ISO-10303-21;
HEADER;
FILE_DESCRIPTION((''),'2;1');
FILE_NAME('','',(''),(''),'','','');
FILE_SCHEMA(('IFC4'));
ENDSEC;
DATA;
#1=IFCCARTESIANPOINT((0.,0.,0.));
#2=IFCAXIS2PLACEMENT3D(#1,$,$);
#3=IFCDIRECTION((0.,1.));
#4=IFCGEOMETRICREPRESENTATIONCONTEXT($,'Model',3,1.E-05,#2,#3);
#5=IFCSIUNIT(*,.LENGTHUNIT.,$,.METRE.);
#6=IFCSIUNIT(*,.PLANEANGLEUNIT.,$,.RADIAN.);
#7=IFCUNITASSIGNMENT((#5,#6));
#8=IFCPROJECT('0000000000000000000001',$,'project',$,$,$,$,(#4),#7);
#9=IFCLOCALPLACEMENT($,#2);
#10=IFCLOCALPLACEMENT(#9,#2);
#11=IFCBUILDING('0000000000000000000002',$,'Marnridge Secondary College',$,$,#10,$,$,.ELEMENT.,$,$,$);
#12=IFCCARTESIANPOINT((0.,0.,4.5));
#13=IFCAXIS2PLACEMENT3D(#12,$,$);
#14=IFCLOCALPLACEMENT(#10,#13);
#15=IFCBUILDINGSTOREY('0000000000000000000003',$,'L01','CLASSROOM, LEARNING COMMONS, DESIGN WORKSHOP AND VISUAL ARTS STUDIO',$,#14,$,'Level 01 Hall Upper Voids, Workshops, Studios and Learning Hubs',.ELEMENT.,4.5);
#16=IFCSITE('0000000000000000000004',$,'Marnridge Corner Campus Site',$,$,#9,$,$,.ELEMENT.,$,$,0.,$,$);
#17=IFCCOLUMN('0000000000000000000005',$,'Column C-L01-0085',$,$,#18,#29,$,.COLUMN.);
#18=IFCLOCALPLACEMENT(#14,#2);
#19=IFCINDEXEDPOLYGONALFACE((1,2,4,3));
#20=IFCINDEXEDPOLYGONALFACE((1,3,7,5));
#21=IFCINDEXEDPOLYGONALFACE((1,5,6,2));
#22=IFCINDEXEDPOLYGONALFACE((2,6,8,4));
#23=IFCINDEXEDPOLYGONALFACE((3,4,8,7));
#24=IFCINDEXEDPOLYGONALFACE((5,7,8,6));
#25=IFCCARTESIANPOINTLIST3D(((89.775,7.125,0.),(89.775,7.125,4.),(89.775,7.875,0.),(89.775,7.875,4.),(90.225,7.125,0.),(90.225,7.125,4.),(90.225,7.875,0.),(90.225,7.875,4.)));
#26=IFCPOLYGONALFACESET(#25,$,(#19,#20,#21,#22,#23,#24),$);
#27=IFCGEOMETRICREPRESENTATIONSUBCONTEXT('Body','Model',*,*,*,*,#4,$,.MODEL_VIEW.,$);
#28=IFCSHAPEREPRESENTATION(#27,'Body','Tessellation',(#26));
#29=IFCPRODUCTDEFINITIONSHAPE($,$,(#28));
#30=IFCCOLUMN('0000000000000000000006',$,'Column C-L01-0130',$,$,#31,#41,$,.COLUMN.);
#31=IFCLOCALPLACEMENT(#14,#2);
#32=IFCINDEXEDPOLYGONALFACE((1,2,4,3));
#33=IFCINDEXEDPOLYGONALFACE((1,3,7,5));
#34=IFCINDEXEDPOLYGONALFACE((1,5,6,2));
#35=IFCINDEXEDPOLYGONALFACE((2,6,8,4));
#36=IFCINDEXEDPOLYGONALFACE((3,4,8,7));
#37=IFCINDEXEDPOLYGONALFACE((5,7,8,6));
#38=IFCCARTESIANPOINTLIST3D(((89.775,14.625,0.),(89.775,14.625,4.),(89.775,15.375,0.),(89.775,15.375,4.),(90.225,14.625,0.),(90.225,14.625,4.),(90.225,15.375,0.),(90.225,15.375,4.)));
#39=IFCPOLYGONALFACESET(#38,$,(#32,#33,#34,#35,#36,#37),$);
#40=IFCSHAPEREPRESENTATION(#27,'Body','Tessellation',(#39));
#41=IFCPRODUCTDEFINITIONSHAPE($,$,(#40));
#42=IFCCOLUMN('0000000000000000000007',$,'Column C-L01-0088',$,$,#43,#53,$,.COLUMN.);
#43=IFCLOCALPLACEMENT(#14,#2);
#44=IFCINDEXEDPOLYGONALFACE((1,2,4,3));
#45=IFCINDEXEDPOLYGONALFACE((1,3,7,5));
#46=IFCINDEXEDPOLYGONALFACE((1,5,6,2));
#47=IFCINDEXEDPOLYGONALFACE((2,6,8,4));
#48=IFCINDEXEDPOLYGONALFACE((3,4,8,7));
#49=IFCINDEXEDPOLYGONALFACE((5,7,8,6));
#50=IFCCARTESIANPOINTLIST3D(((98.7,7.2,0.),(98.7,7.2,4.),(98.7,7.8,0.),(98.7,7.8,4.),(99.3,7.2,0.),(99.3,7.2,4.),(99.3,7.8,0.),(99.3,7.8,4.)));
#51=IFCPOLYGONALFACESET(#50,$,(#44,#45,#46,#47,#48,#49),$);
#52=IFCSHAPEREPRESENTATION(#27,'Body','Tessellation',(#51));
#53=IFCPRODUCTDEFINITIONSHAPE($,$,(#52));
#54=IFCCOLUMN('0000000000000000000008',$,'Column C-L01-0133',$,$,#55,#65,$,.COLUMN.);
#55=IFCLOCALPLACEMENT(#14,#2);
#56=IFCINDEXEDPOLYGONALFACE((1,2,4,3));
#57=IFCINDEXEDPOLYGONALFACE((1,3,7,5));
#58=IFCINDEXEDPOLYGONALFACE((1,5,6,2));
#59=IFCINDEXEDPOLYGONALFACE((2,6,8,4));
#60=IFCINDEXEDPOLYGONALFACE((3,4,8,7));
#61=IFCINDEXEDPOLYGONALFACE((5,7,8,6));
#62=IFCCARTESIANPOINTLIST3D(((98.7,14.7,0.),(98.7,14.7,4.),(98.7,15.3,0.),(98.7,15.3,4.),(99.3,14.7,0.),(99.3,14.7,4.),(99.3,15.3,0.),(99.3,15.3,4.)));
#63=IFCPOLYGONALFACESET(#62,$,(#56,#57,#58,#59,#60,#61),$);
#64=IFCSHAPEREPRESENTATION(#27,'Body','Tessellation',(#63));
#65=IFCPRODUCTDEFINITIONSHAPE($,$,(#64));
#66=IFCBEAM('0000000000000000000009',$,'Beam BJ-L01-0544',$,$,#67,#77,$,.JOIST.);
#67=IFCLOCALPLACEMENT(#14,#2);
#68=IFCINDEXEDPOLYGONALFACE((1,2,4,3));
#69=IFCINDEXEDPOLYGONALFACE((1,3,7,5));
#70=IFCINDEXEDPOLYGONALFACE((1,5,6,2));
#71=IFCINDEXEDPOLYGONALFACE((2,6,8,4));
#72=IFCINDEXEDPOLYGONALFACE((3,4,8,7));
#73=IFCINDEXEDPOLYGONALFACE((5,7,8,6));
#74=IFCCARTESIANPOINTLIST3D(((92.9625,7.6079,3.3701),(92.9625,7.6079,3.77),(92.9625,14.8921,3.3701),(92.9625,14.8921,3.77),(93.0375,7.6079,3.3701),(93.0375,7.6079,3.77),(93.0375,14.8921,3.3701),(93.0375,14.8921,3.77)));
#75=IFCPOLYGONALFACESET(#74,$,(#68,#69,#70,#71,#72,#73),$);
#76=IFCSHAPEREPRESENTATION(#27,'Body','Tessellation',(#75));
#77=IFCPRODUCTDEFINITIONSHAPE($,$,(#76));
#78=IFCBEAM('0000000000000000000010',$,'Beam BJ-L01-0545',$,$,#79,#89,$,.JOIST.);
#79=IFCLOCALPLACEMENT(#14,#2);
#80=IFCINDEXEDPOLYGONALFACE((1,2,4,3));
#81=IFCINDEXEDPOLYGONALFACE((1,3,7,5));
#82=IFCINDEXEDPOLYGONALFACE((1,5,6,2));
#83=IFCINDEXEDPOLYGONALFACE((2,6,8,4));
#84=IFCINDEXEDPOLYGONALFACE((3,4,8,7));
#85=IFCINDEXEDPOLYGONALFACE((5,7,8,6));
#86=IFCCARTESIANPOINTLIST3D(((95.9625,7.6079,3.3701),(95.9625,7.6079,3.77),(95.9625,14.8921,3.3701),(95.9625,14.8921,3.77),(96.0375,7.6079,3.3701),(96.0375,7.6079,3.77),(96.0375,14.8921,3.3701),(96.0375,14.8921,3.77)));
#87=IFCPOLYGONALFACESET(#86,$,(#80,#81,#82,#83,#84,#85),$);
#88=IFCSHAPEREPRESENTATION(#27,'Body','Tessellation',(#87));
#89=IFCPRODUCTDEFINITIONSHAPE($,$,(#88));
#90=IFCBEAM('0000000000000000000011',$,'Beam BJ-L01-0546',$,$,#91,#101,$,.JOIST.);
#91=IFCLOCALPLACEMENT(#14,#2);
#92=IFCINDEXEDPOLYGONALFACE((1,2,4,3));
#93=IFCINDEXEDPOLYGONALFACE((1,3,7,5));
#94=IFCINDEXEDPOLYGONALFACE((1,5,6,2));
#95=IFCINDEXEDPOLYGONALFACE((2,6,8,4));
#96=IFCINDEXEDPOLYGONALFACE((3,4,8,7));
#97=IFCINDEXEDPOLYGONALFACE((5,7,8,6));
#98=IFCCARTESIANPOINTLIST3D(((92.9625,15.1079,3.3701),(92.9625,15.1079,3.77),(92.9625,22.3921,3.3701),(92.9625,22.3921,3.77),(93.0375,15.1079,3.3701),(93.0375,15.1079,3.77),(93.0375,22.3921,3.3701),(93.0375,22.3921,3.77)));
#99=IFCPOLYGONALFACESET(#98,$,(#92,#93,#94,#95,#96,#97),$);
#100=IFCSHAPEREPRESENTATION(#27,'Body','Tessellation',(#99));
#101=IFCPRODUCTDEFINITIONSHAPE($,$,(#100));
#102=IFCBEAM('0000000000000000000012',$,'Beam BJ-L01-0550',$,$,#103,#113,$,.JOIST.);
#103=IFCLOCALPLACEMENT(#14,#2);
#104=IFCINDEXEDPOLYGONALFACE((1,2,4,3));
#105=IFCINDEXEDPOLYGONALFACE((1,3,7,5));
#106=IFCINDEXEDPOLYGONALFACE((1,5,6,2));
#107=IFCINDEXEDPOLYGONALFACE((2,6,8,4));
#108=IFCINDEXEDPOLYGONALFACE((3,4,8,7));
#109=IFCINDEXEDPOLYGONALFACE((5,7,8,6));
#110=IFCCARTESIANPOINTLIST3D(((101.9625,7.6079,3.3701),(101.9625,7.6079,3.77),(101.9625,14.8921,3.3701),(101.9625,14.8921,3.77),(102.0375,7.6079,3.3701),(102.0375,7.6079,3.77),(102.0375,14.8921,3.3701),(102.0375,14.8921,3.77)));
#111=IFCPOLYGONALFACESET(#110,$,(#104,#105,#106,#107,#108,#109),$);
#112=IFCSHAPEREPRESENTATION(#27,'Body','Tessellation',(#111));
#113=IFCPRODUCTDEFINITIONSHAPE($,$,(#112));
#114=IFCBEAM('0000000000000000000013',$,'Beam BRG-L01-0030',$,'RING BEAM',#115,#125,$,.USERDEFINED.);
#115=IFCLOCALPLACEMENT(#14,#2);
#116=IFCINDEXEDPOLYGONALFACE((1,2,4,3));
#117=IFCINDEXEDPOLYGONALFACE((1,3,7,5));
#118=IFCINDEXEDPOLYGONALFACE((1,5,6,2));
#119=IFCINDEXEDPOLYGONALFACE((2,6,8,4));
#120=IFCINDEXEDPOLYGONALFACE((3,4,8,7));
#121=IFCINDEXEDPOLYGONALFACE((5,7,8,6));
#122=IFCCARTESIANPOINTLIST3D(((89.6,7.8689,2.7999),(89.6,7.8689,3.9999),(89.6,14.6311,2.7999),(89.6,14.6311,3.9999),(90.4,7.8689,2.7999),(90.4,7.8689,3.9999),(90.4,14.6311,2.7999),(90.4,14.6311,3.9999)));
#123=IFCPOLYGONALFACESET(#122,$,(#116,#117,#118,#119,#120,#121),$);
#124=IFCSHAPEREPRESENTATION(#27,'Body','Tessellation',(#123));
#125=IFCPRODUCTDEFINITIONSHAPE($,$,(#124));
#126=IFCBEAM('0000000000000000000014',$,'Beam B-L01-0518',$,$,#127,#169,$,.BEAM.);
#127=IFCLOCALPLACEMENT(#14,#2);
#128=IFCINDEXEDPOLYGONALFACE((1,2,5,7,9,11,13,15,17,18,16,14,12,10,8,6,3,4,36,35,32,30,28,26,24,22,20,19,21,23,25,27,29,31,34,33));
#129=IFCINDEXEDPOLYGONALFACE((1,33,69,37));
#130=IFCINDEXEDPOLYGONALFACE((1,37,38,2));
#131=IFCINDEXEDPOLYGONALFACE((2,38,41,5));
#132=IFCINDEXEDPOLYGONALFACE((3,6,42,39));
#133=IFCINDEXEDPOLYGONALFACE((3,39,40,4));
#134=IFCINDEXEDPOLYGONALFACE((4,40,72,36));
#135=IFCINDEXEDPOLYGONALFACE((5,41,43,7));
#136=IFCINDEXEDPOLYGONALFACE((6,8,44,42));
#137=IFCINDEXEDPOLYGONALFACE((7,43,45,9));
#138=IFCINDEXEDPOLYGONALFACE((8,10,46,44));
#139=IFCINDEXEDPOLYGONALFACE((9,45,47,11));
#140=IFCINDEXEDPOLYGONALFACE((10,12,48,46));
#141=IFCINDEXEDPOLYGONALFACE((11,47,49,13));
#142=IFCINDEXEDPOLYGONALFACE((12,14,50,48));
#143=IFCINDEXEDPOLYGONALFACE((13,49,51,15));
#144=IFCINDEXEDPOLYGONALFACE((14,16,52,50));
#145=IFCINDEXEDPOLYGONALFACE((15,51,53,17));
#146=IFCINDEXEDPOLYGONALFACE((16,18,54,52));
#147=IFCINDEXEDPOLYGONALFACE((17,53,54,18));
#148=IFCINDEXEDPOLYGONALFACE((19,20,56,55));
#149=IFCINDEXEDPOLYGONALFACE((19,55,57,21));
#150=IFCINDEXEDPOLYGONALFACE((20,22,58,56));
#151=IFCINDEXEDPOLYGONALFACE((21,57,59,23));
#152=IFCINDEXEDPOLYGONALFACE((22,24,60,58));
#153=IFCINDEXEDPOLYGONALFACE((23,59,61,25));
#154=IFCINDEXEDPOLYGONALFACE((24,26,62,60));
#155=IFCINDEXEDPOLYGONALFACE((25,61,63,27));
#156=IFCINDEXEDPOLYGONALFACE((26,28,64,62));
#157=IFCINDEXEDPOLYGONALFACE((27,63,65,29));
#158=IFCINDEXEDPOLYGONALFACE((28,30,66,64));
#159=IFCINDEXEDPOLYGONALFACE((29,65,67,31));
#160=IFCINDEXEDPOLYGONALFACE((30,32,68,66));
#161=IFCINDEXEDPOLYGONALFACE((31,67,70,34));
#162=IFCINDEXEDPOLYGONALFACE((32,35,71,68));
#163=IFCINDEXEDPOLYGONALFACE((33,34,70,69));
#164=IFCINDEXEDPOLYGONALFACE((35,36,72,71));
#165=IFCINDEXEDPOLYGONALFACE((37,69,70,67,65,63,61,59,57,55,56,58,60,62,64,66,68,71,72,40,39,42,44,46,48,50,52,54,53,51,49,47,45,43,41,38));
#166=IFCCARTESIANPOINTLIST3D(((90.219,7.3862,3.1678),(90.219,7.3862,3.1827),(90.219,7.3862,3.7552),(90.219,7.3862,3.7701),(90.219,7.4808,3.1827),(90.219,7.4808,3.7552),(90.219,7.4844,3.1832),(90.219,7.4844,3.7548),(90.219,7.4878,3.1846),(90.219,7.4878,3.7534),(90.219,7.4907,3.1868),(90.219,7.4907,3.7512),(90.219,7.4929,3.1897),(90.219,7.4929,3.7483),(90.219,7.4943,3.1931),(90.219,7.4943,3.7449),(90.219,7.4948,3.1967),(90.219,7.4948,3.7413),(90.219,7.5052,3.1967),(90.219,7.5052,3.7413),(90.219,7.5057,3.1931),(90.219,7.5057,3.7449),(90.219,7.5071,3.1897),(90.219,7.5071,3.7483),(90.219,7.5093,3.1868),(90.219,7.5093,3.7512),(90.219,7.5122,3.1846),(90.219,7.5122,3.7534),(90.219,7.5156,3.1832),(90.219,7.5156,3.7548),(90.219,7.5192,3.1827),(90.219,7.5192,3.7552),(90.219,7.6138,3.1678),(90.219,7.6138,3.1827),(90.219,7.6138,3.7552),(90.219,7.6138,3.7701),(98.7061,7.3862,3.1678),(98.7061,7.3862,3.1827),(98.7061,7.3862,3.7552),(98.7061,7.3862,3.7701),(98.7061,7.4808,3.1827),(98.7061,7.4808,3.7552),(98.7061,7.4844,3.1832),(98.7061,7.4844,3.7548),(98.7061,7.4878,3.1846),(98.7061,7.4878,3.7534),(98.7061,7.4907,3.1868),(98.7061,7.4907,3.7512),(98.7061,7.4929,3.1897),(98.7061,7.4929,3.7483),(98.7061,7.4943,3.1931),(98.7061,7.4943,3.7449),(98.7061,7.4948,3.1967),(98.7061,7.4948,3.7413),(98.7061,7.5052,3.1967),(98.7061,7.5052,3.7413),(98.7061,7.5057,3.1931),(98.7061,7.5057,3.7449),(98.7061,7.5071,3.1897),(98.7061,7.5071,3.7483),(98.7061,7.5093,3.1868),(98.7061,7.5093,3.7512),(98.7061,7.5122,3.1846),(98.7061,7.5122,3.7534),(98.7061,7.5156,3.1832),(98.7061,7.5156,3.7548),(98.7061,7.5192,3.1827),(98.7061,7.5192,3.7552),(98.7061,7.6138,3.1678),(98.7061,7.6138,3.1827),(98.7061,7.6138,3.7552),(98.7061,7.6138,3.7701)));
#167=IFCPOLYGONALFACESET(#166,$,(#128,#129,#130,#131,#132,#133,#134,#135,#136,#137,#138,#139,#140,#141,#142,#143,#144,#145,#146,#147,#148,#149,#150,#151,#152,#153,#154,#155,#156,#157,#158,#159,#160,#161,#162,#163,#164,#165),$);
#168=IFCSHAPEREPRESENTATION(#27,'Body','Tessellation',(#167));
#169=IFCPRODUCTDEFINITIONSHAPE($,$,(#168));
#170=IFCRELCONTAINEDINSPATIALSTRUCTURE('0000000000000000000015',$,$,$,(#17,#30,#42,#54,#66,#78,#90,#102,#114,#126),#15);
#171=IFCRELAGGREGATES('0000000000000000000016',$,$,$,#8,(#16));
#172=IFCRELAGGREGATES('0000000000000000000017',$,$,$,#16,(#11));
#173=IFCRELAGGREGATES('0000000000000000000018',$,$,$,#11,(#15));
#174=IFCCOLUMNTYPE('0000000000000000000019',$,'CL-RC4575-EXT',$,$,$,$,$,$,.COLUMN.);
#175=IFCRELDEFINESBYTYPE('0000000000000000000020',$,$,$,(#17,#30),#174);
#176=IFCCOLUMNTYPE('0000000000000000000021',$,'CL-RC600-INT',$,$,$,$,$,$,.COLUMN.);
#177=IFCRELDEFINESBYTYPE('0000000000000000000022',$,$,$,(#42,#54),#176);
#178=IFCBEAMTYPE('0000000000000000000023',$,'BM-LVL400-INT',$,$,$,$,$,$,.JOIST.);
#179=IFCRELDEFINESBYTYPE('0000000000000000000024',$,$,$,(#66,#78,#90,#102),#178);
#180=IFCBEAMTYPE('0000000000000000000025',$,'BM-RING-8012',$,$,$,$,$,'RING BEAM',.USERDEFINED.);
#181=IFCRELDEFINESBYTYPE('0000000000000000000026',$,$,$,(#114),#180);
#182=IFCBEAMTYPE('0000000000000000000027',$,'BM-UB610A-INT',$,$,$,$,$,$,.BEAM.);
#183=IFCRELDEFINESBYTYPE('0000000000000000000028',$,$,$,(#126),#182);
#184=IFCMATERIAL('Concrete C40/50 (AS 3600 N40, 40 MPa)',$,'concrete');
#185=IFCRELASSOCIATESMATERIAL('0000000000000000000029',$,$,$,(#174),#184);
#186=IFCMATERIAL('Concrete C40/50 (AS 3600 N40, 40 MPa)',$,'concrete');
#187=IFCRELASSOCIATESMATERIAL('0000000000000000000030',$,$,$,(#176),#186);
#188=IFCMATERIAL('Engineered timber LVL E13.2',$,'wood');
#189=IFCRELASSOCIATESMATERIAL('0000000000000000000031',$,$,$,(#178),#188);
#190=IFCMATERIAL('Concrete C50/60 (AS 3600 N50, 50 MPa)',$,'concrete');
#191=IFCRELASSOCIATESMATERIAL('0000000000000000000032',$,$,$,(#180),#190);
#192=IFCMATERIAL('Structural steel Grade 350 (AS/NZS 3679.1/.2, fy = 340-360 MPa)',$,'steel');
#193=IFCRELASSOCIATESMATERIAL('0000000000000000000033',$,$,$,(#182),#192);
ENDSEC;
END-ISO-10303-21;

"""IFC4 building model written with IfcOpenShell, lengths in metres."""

from ifc_helpers import new_model, si_unit, direction, frame, origin, origin_2d, place, context, subcontext, project, spatial, rectangle, i_section, extrude, material, material_profile, profile_set, type_object, element, save


model = new_model("IFC4")

# Units and contexts
model_context = context("Model", 3, precision=1e-05, world=origin(), true_north=direction((0.0, 1.0)))
body_context = subcontext(model_context, "Body", "Model", "MODEL_VIEW")
ifc_project = project(units=[si_unit("LENGTHUNIT", "METRE"), si_unit("PLANEANGLEUNIT", "RADIAN")], contexts=[model_context])

# Site, building, storey
site_placement = place(None, origin())
site = spatial("IfcSite", under=ifc_project, at=site_placement, Name="Marnridge Corner Campus Site", CompositionType="ELEMENT", RefElevation=0.0)
building_placement = place(site_placement, origin())
building = spatial("IfcBuilding", under=site, at=building_placement, Name="Marnridge Secondary College", CompositionType="ELEMENT")
storey_placement = place(building_placement, frame((0.0, 0.0, 4.5)))
storey = spatial("IfcBuildingStorey", under=building, at=storey_placement, Name="L01", Description="CLASSROOM, LEARNING COMMONS, DESIGN WORKSHOP AND VISUAL ARTS STUDIO", LongName="Level 01 Hall Upper Voids, Workshops, Studios and Learning Hubs", CompositionType="ELEMENT", Elevation=4.5)

# Columns
ifc_material_1 = material(Name="Concrete C40/50 (AS 3600 N40, 40 MPa)", Category="concrete")
ifc_material_profile_1 = material_profile(ifc_material_1, rectangle(XDim=0.45, YDim=0.75, at=origin_2d()), Name="RC 450x750")
ifc_profile_set_1 = profile_set([ifc_material_profile_1], Name="Concrete C40/50 (AS 3600 N40, 40 MPa)")
column_type_1 = type_object("IfcColumnType", Name="CL-RC4575-EXT", PredefinedType="COLUMN", material=ifc_profile_set_1)
for number, where, z_axis, x_axis, name in (
    (1, (90.0, 7.5, 0.0), (0.0, 0.0, 1.0), (1.0, 0.0, 0.0), "Column C-L01-0085"),
    (2, (90.0, 15.0, 0.0), (0.0, 0.0, 1.0), (1.0, 0.0, 0.0), "Column C-L01-0130"),
):
    element("IfcColumn", number, at=place(storey_placement, frame(where, z_axis=z_axis, x_axis=x_axis)), inside=storey, type_object=column_type_1, Name=name, PredefinedType="COLUMN", context=body_context, shape_type="SweptSolid", body=[
        extrude(rectangle(XDim=0.45, YDim=0.75, at=origin_2d()), origin(), (0.0, 0.0, 1.0), 4.0),
    ])
ifc_material_2 = material(Name="Concrete C40/50 (AS 3600 N40, 40 MPa)", Category="concrete")
ifc_material_profile_2 = material_profile(ifc_material_2, rectangle(XDim=0.6001, YDim=0.6001, at=origin_2d()), Name="RC 600x600")
ifc_profile_set_2 = profile_set([ifc_material_profile_2], Name="Concrete C40/50 (AS 3600 N40, 40 MPa)")
column_type_2 = type_object("IfcColumnType", Name="CL-RC600-INT", PredefinedType="COLUMN", material=ifc_profile_set_2)
for number, where, z_axis, x_axis, name in (
    (3, (99.0, 7.5, 0.0), (0.0, 0.0, 1.0), (1.0, 0.0, 0.0), "Column C-L01-0088"),
    (4, (99.0, 15.0, 0.0), (0.0, 0.0, 1.0), (1.0, 0.0, 0.0), "Column C-L01-0133"),
):
    element("IfcColumn", number, at=place(storey_placement, frame(where, z_axis=z_axis, x_axis=x_axis)), inside=storey, type_object=column_type_2, Name=name, PredefinedType="COLUMN", context=body_context, shape_type="SweptSolid", body=[
        extrude(rectangle(XDim=0.6001, YDim=0.6001, at=origin_2d()), origin(), (0.0, 0.0, 1.0), 4.0),
    ])

# Beams
ifc_material_3 = material(Name="Engineered timber LVL E13.2", Category="wood")
ifc_material_profile_3 = material_profile(ifc_material_3, rectangle(XDim=0.075, YDim=0.3999, at=origin_2d()), Name="LVL 75x400")
ifc_profile_set_3 = profile_set([ifc_material_profile_3], Name="Engineered timber LVL E13.2")
beam_type_1 = type_object("IfcBeamType", Name="BM-LVL400-INT", PredefinedType="JOIST", material=ifc_profile_set_3)
for number, where, z_axis, x_axis, name in (
    (5, (93.0, 7.6079, 3.5701), (0.0, 1.0, 0.0), (-1.0, 0.0, 0.0), "Beam BJ-L01-0544"),
    (6, (96.0, 7.6079, 3.5701), (0.0, 1.0, 0.0), (-1.0, 0.0, 0.0), "Beam BJ-L01-0545"),
    (7, (93.0, 15.1079, 3.5701), (0.0, 1.0, 0.0), (-1.0, 0.0, 0.0), "Beam BJ-L01-0546"),
    (8, (102.0, 7.6079, 3.5701), (0.0, 1.0, 0.0), (-1.0, 0.0, 0.0), "Beam BJ-L01-0550"),
):
    element("IfcBeam", number, at=place(storey_placement, frame(where, z_axis=z_axis, x_axis=x_axis)), inside=storey, type_object=beam_type_1, Name=name, PredefinedType="JOIST", context=body_context, shape_type="SweptSolid", body=[
        extrude(rectangle(XDim=0.075, YDim=0.3999, at=origin_2d()), origin(), (0.0, 0.0, 1.0), 7.2842),
    ])
ifc_material_4 = material(Name="Concrete C50/60 (AS 3600 N50, 50 MPa)", Category="concrete")
ifc_material_profile_4 = material_profile(ifc_material_4, rectangle(XDim=0.8, YDim=1.2, at=origin_2d()), Name="RC 800x1200")
ifc_profile_set_4 = profile_set([ifc_material_profile_4], Name="Concrete C50/60 (AS 3600 N50, 50 MPa)")
beam_type_2 = type_object("IfcBeamType", Name="BM-RING-8012", ElementType="RING BEAM", PredefinedType="USERDEFINED", material=ifc_profile_set_4)
beam_1_placement = place(storey_placement, frame((90.0, 7.8689, 3.3999), z_axis=(0.0, 1.0, 0.0), x_axis=(-1.0, 0.0, 0.0)))
element("IfcBeam", 9, at=beam_1_placement, inside=storey, type_object=beam_type_2, Name="Beam BRG-L01-0030", ObjectType="RING BEAM", PredefinedType="USERDEFINED", context=body_context, shape_type="SweptSolid", body=[
    extrude(rectangle(XDim=0.8, YDim=1.2, at=origin_2d()), origin(), (0.0, 0.0, 1.0), 6.7622),
])
ifc_material_5 = material(Name="Structural steel Grade 350 (AS/NZS 3679.1/.2, fy = 340-360 MPa)", Category="steel")
ifc_material_profile_5 = material_profile(ifc_material_5, i_section(OverallWidth=0.2275, OverallDepth=0.6023, WebThickness=0.0105, FlangeThickness=0.0149, FilletRadius=0.0139, at=origin_2d()), Name="610UB101")
ifc_profile_set_5 = profile_set([ifc_material_profile_5], Name="Structural steel Grade 350 (AS/NZS 3679.1/.2, fy = 340-360 MPa)")
beam_type_3 = type_object("IfcBeamType", Name="BM-UB610A-INT", PredefinedType="BEAM", material=ifc_profile_set_5)
for number, where, z_axis, x_axis, name in (
    (10, (90.219, 7.5, 3.469), (1.0, 0.0, 0.0), (0.0, 1.0, 0.0), "Beam B-L01-0518"),
):
    element("IfcBeam", number, at=place(storey_placement, frame(where, z_axis=z_axis, x_axis=x_axis)), inside=storey, type_object=beam_type_3, Name=name, PredefinedType="BEAM", context=body_context, shape_type="SweptSolid", body=[
        extrude(i_section(OverallWidth=0.2275, OverallDepth=0.6023, WebThickness=0.0105, FlangeThickness=0.0149, FilletRadius=0.0139, at=origin_2d()), origin(), (0.0, 0.0, 1.0), 8.4871),
    ])

save(model, "model.ifc")
